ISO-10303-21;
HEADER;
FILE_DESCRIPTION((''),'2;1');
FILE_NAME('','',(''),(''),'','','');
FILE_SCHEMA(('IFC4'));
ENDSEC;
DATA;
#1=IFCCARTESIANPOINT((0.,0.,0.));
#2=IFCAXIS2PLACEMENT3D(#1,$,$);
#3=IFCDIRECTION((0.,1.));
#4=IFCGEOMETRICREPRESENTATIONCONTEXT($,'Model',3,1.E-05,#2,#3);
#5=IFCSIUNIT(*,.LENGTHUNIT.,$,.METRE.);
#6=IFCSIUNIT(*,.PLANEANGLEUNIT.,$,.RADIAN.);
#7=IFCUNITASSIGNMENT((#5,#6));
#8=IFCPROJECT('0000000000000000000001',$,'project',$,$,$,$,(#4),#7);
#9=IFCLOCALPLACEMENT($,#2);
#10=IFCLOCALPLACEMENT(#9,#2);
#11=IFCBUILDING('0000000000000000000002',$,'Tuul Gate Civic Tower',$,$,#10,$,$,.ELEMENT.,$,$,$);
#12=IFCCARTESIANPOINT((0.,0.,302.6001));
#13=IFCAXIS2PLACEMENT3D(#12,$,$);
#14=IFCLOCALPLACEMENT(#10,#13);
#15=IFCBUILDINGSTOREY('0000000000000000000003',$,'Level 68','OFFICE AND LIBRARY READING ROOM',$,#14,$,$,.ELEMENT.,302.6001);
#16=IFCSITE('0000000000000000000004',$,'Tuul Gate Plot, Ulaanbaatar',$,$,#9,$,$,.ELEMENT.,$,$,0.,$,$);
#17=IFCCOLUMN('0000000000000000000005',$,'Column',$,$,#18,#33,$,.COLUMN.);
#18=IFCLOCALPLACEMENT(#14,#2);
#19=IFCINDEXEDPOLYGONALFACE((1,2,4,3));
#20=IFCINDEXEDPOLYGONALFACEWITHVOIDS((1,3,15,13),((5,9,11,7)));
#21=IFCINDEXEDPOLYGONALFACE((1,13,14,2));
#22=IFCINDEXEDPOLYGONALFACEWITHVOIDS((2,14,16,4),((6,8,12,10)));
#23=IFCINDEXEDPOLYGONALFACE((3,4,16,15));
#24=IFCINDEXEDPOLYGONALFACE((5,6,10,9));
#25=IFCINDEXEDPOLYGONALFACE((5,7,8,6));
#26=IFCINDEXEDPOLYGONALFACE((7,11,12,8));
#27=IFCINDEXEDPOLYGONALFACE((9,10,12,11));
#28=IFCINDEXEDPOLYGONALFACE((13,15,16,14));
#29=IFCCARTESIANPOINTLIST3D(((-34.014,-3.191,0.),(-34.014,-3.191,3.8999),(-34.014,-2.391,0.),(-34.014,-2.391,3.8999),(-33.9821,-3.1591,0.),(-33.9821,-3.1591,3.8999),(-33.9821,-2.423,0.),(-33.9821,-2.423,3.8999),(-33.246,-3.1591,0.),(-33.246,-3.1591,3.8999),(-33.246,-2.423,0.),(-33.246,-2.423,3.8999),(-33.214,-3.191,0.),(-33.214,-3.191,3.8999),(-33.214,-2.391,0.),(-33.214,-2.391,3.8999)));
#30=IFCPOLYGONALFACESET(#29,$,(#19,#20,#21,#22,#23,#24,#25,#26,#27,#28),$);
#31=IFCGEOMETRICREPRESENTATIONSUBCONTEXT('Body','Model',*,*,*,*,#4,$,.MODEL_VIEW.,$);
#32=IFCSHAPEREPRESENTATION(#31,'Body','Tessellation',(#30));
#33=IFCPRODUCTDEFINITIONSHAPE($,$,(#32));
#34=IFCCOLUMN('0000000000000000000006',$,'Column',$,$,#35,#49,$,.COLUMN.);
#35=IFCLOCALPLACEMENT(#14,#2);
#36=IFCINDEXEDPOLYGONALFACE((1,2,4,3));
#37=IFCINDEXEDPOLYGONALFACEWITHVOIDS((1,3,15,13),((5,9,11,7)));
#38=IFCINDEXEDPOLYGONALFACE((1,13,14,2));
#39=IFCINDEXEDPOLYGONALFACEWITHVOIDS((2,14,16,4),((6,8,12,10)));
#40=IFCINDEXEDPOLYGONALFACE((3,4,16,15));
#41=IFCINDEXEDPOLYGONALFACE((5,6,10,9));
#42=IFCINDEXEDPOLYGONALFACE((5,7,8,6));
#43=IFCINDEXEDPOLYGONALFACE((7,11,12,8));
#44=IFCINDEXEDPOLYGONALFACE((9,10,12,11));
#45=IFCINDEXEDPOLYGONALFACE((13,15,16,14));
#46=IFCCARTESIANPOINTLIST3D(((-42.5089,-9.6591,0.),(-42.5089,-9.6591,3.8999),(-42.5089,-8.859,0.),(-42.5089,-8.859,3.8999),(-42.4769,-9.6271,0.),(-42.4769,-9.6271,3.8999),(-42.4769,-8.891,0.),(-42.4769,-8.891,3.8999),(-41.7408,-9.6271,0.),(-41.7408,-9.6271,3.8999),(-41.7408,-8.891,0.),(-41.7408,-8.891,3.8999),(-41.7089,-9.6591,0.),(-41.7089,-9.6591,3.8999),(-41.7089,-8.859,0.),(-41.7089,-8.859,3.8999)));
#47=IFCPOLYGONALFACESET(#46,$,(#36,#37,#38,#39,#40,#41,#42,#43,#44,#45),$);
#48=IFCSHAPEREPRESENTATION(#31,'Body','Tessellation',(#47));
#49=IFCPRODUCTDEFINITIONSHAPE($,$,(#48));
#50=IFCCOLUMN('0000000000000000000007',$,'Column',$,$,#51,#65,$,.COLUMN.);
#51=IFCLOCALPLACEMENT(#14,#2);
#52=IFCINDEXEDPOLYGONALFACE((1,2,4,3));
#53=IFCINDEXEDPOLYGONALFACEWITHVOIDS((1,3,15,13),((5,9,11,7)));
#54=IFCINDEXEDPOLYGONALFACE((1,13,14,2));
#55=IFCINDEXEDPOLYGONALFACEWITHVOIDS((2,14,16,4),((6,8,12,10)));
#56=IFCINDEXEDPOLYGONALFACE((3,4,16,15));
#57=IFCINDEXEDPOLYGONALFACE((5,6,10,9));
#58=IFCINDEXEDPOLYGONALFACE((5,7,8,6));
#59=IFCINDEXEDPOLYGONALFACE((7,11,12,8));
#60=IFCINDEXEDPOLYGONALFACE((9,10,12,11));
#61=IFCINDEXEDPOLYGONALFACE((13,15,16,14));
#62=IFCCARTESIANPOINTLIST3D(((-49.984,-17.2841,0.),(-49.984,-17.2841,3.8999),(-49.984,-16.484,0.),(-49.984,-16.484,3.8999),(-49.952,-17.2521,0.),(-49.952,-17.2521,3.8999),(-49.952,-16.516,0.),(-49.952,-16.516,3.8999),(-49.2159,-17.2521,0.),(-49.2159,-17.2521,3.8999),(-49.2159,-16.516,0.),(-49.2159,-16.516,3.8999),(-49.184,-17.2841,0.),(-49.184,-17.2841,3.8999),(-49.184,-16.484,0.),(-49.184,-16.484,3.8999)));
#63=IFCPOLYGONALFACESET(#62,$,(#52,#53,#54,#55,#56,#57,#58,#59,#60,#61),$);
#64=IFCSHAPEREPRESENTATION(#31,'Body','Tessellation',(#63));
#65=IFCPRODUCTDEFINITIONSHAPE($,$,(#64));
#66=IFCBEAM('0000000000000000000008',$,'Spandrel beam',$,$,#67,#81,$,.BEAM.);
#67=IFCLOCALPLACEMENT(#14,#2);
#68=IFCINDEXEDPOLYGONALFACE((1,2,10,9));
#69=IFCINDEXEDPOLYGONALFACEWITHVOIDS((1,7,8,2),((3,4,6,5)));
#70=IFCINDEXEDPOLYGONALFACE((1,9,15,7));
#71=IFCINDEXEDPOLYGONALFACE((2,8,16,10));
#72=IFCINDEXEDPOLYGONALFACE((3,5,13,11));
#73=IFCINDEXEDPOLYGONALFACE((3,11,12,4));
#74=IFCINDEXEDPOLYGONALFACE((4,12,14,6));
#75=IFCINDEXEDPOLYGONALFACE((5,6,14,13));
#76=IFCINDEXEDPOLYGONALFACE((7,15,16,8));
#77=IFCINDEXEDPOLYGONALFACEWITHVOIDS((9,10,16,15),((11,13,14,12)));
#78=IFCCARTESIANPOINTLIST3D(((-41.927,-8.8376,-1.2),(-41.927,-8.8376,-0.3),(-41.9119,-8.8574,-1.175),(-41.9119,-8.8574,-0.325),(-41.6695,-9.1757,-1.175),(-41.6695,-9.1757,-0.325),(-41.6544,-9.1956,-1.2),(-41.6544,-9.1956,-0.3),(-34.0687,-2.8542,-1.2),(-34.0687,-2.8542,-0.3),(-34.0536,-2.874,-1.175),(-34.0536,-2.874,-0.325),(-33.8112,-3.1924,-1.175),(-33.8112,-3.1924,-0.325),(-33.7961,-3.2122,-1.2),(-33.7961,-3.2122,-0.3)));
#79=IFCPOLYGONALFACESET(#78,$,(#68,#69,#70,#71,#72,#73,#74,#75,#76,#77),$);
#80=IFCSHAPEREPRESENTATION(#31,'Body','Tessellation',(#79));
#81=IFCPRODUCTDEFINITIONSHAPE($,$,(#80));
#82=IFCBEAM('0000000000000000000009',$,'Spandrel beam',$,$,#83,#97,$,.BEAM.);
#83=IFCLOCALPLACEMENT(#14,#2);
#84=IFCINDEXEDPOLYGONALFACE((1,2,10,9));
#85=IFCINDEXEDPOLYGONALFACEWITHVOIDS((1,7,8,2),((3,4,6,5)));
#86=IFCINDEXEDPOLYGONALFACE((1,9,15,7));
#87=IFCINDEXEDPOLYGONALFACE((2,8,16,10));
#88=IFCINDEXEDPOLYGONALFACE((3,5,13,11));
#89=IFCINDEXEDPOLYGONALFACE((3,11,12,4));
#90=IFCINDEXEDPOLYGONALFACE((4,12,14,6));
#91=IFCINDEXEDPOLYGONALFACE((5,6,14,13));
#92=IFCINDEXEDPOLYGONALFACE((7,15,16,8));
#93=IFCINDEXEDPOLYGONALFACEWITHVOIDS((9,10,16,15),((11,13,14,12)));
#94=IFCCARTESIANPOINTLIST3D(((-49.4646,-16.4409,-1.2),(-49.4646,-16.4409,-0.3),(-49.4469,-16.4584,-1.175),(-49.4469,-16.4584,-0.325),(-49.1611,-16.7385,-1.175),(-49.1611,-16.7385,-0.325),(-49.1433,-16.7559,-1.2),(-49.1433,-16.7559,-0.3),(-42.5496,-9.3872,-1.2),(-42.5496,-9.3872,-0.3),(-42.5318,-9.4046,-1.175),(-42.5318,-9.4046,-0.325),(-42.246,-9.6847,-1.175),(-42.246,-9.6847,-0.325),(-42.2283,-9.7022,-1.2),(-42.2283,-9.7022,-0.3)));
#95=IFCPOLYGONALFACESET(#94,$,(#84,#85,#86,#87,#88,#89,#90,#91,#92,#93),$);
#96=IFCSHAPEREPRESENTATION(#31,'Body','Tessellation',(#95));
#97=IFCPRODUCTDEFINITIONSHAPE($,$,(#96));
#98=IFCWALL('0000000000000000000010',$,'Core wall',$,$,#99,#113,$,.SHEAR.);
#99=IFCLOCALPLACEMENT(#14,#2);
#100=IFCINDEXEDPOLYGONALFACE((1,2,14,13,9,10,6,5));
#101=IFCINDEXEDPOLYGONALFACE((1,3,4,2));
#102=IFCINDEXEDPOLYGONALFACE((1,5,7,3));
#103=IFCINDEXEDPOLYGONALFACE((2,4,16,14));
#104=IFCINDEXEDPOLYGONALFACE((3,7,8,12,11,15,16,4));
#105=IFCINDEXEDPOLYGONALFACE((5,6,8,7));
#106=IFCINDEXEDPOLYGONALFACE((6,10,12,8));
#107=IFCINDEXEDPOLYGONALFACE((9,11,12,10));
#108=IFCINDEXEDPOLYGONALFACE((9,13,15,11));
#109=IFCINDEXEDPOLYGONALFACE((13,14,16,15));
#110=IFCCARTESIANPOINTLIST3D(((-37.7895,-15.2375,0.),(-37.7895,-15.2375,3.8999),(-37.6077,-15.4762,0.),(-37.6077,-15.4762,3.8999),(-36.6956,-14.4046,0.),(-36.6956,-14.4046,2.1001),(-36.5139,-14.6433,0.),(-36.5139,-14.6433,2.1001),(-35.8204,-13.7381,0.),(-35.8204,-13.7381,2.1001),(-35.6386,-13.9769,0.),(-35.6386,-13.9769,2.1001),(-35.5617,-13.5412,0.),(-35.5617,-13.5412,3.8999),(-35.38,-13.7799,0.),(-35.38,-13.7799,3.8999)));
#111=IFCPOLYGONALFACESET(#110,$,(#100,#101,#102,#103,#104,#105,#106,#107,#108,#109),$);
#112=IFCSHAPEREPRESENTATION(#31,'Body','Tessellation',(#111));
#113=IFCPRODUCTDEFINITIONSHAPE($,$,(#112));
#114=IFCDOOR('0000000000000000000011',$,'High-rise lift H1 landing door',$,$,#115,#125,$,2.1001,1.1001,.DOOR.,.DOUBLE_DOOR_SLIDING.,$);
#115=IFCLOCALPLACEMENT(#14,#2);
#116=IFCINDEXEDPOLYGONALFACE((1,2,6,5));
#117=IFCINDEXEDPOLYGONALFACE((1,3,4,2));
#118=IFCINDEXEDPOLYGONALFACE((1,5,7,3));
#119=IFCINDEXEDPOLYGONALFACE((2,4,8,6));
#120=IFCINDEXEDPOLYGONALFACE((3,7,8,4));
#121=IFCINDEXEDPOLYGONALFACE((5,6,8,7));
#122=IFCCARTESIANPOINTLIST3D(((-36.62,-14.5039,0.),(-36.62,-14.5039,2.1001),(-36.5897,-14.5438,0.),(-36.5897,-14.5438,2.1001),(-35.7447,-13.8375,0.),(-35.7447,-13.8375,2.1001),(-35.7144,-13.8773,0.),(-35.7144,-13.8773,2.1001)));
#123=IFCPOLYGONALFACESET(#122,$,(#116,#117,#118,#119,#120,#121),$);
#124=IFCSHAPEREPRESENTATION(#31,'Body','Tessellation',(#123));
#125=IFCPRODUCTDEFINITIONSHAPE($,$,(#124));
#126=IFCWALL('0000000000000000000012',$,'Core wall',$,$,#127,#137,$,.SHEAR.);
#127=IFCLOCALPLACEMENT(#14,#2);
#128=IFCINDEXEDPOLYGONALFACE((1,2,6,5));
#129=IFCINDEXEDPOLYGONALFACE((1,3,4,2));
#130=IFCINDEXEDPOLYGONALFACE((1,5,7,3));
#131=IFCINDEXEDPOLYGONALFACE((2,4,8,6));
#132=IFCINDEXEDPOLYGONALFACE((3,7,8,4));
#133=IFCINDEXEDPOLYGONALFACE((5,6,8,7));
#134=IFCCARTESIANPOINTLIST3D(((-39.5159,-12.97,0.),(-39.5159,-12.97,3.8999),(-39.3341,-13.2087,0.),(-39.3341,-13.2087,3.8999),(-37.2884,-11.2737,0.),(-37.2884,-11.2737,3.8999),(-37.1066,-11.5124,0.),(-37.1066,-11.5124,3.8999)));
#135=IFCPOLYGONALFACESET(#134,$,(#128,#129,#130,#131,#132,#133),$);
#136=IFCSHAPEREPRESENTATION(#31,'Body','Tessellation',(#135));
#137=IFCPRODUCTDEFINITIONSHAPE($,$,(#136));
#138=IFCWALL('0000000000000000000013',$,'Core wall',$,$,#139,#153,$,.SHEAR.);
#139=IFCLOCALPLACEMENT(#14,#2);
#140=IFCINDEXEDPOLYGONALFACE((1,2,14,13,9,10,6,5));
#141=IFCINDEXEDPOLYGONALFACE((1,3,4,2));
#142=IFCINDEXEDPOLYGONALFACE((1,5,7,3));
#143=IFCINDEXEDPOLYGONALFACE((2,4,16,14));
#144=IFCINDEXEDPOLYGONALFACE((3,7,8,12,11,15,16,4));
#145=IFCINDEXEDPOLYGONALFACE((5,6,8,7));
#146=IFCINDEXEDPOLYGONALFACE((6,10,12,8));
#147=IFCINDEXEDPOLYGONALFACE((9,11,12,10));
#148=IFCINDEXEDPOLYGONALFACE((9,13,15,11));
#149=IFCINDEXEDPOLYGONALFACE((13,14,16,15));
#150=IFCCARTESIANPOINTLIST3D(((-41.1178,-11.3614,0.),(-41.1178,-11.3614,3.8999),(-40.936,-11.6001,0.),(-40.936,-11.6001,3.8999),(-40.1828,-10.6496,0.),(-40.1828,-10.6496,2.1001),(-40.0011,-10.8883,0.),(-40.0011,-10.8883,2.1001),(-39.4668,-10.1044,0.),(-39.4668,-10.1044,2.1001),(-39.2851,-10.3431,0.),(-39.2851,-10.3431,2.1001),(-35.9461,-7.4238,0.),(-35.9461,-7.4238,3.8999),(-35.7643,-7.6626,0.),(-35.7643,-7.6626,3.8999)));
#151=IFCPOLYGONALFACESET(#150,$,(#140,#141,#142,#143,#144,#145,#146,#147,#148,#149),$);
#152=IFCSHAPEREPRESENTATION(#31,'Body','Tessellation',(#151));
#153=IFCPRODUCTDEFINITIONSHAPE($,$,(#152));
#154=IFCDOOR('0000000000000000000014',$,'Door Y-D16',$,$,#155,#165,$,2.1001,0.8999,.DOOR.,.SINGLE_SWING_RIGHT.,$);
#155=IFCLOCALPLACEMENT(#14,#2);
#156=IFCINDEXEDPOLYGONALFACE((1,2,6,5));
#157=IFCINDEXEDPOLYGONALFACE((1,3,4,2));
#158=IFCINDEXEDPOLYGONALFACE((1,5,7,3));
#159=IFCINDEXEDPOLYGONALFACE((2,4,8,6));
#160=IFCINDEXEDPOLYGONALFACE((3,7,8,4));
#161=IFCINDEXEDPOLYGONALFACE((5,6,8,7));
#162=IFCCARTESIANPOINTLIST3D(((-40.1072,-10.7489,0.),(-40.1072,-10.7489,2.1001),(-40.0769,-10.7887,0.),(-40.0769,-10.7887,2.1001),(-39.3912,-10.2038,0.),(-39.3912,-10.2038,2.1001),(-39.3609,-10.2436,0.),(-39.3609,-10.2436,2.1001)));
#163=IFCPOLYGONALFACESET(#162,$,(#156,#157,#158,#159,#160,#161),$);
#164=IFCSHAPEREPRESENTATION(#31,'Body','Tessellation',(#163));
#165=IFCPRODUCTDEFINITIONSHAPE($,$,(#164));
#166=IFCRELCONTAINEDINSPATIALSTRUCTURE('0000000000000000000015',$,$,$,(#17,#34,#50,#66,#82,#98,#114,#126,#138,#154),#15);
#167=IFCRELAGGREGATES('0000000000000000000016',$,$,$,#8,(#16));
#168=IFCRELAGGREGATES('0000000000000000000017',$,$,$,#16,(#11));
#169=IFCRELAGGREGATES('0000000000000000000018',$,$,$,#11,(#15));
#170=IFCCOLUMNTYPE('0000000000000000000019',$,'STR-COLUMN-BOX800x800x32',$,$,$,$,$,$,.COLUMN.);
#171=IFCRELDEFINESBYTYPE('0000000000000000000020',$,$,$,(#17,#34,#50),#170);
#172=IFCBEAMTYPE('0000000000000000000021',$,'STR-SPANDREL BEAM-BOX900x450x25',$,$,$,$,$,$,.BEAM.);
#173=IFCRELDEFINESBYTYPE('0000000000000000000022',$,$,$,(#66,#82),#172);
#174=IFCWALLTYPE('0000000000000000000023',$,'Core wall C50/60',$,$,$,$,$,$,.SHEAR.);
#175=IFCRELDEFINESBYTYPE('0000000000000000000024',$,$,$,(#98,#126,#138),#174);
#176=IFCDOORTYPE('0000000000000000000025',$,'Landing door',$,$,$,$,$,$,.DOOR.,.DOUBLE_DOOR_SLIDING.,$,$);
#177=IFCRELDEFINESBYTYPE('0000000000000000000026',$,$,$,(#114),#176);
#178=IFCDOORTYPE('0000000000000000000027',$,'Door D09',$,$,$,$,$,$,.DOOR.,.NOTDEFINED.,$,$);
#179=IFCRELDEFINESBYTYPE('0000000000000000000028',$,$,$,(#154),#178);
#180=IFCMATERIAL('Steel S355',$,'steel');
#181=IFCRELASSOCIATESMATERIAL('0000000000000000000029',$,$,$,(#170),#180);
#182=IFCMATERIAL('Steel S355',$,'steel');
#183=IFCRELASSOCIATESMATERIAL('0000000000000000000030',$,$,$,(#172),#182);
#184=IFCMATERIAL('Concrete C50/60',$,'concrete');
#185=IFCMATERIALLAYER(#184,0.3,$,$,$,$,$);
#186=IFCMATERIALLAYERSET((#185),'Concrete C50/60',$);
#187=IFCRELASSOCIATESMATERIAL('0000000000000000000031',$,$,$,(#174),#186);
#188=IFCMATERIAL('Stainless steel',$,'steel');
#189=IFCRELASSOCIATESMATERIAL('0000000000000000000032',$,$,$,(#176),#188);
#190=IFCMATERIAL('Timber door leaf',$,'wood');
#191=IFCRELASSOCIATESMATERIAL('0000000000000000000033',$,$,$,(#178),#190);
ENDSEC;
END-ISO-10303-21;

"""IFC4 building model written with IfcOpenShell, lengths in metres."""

from ifc_helpers import new_model, si_unit, direction, frame, frame_2d, origin, origin_2d, place, context, subcontext, project, spatial, rectangle, hollow_rectangle, extrude, material, layer, layer_set, material_profile, profile_set, type_object, element, fill, save


model = new_model("IFC4")

# Units and contexts
model_context = context("Model", 3, precision=1e-05, world=origin(), true_north=direction((0.0, 1.0)))
body_context = subcontext(model_context, "Body", "Model", "MODEL_VIEW")
ifc_project = project(units=[si_unit("LENGTHUNIT", "METRE"), si_unit("PLANEANGLEUNIT", "RADIAN")], contexts=[model_context])

# Site, building, storey
site_placement = place(None, origin())
site = spatial("IfcSite", under=ifc_project, at=site_placement, Name="Tuul Gate Plot, Ulaanbaatar", CompositionType="ELEMENT", RefElevation=0.0)
building_placement = place(site_placement, origin())
building = spatial("IfcBuilding", under=site, at=building_placement, Name="Tuul Gate Civic Tower", CompositionType="ELEMENT")
storey_placement = place(building_placement, frame((0.0, 0.0, 302.6001)))
storey = spatial("IfcBuildingStorey", under=building, at=storey_placement, Name="Level 68", Description="OFFICE AND LIBRARY READING ROOM", CompositionType="ELEMENT", Elevation=302.6001)

# Columns
ifc_material_1 = material(Name="Steel S355", Category="steel")
ifc_material_profile_1 = material_profile(ifc_material_1, hollow_rectangle(XDim=0.8, YDim=0.8, WallThickness=0.032, at=origin_2d()), Name="BOX800x800x32")
ifc_profile_set_1 = profile_set([ifc_material_profile_1], Name="Steel S355")
column_type = type_object("IfcColumnType", Name="STR-COLUMN-BOX800x800x32", PredefinedType="COLUMN", material=ifc_profile_set_1)
for number, where, z_axis, x_axis, name in (
    (1, (-33.614, -2.791, 0.0), (0.0, 0.0, 1.0), (1.0, 0.0, 0.0), "Column"),
    (2, (-42.1089, -9.259, 0.0), (0.0, 0.0, 1.0), (1.0, 0.0, 0.0), "Column"),
    (3, (-49.584, -16.884, 0.0), (0.0, 0.0, 1.0), (1.0, 0.0, 0.0), "Column"),
):
    element("IfcColumn", number, at=place(storey_placement, frame(where, z_axis=z_axis, x_axis=x_axis)), inside=storey, type_object=column_type, Name=name, PredefinedType="COLUMN", context=body_context, shape_type="SweptSolid", body=[
        extrude(hollow_rectangle(XDim=0.8, YDim=0.8, WallThickness=0.032, at=origin_2d()), origin(), (0.0, 0.0, 1.0), 3.8999),
    ])

# Beams
ifc_material_2 = material(Name="Steel S355", Category="steel")
ifc_material_profile_2 = material_profile(ifc_material_2, hollow_rectangle(XDim=0.45, YDim=0.8999, WallThickness=0.0249, at=origin_2d()), Name="BOX900x450x25")
ifc_profile_set_2 = profile_set([ifc_material_profile_2], Name="Steel S355")
beam_type = type_object("IfcBeamType", Name="STR-SPANDREL BEAM-BOX900x450x25", PredefinedType="BEAM", material=ifc_profile_set_2)
beam_1_placement = place(storey_placement, frame((-33.9324, -3.0332, -0.75), z_axis=(-0.795625, -0.60579, 0.0), x_axis=(0.60579, -0.795625, 0.0)))
element("IfcBeam", 4, at=beam_1_placement, inside=storey, type_object=beam_type, Name="Spandrel beam", PredefinedType="BEAM", context=body_context, shape_type="SweptSolid", body=[
    extrude(hollow_rectangle(XDim=0.45, YDim=0.8999, WallThickness=0.0249, at=origin_2d()), origin(), (0.0, 0.0, 1.0), 9.877),
])
beam_2_placement = place(storey_placement, frame((-42.3889, -9.5447, -0.75), z_axis=(-0.700053, -0.714091, 0.0), x_axis=(0.714091, -0.700053, 0.0)))
element("IfcBeam", 5, at=beam_2_placement, inside=storey, type_object=beam_type, Name="Spandrel beam", PredefinedType="BEAM", context=body_context, shape_type="SweptSolid", body=[
    extrude(hollow_rectangle(XDim=0.45, YDim=0.8999, WallThickness=0.0249, at=origin_2d()), origin(), (0.0, 0.0, 1.0), 9.8779),
])

# Wall, opening, door
ifc_material_3 = material(Name="Concrete C50/60", Category="concrete")
ifc_layer_1 = layer(ifc_material_3, 0.3)
ifc_layer_set_1 = layer_set([ifc_layer_1], Name="Concrete C50/60")
wall_type_1 = type_object("IfcWallType", Name="Core wall C50/60", PredefinedType="SHEAR", material=ifc_layer_set_1)
wall_1_placement = place(storey_placement, frame((-35.4709, -13.6606, 0.0), z_axis=(0.0, 0.0, 1.0), x_axis=(-0.795616, -0.605802, 0.0)))
wall_1 = element("IfcWall", 6, at=wall_1_placement, inside=storey, type_object=wall_type_1, Name="Core wall", PredefinedType="SHEAR", context=body_context, shape_type="SweptSolid", body=[
    extrude(rectangle(XDim=2.8, YDim=0.3, at=frame_2d((1.3999, 0.0))), origin(), (0.0, 0.0, 1.0), 3.8999),
])
opening_1_placement = place(wall_1_placement, frame((0.325, 0.0, 0.0)))
opening_1 = element("IfcOpeningElement", 7, at=opening_1_placement, cuts=wall_1, PredefinedType="OPENING", context=body_context, shape_type="SweptSolid", body=[
    extrude(rectangle(XDim=1.1001, YDim=2.1001, at=frame_2d((0.55, 1.05))), frame((0.0, 0.1602, 0.0), z_axis=(0.0, -1.0, 0.0), x_axis=(1.0, 0.0, 0.0)), (0.0, 0.0, 1.0), 0.3201),
])
ifc_material_4 = material(Name="Stainless steel", Category="steel")
door_type_1 = type_object("IfcDoorType", Name="Landing door", OperationType="DOUBLE_DOOR_SLIDING", PredefinedType="DOOR", material=ifc_material_4)
door_1_placement = place(opening_1_placement, origin())
door_1 = element("IfcDoor", 8, at=door_1_placement, inside=storey, type_object=door_type_1, Name="High-rise lift H1 landing door", OperationType="DOUBLE_DOOR_SLIDING", OverallHeight=2.1001, OverallWidth=1.1001, PredefinedType="DOOR", context=body_context, shape_type="SweptSolid", body=[
    extrude(rectangle(XDim=1.1001, YDim=2.1001, at=frame_2d((0.55, 1.05))), frame((0.0, 0.0249, 0.0), z_axis=(0.0, -1.0, 0.0), x_axis=(1.0, 0.0, 0.0)), (0.0, 0.0, 1.0), 0.05),
])
fill(opening_1, door_1)

# Wall
wall_2_placement = place(storey_placement, frame((-37.1975, -11.3931, 0.0), z_axis=(0.0, 0.0, 1.0), x_axis=(-0.795584, -0.605844, 0.0)))
element("IfcWall", 9, at=wall_2_placement, inside=storey, type_object=wall_type_1, Name="Core wall", PredefinedType="SHEAR", context=body_context, shape_type="SweptSolid", body=[
    extrude(rectangle(XDim=2.7998, YDim=0.3, at=frame_2d((1.3999, 0.0))), origin(), (0.0, 0.0, 1.0), 3.8999),
])

# Wall, opening, door
wall_3_placement = place(storey_placement, frame((-35.8552, -7.5432, 0.0), z_axis=(0.0, 0.0, 1.0), x_axis=(-0.795639, -0.605772, 0.0)))
wall_3 = element("IfcWall", 10, at=wall_3_placement, inside=storey, type_object=wall_type_1, Name="Core wall", PredefinedType="SHEAR", context=body_context, shape_type="SweptSolid", body=[
    extrude(rectangle(XDim=6.5, YDim=0.3, at=frame_2d((3.25, 0.0))), origin(), (0.0, 0.0, 1.0), 3.8999),
])
opening_2_placement = place(wall_3_placement, frame((4.425, 0.0, 0.0)))
opening_2 = element("IfcOpeningElement", 11, at=opening_2_placement, cuts=wall_3, PredefinedType="OPENING", context=body_context, shape_type="SweptSolid", body=[
    extrude(rectangle(XDim=0.8999, YDim=2.1001, at=frame_2d((0.45, 1.05))), frame((0.0, 0.1602, 0.0), z_axis=(0.0, -1.0, 0.0), x_axis=(1.0, 0.0, 0.0)), (0.0, 0.0, 1.0), 0.3201),
])
ifc_material_5 = material(Name="Timber door leaf", Category="wood")
door_type_2 = type_object("IfcDoorType", Name="Door D09", OperationType="NOTDEFINED", PredefinedType="DOOR", material=ifc_material_5)
door_2_placement = place(opening_2_placement, origin())
door_2 = element("IfcDoor", 12, at=door_2_placement, inside=storey, type_object=door_type_2, Name="Door Y-D16", OperationType="SINGLE_SWING_RIGHT", OverallHeight=2.1001, OverallWidth=0.8999, PredefinedType="DOOR", context=body_context, shape_type="SweptSolid", body=[
    extrude(rectangle(XDim=0.8999, YDim=2.1001, at=frame_2d((0.45, 1.05))), frame((0.0, 0.0249, 0.0), z_axis=(0.0, -1.0, 0.0), x_axis=(1.0, 0.0, 0.0)), (0.0, 0.0, 1.0), 0.05),
])
fill(opening_2, door_2)

save(model, "model.ifc")
